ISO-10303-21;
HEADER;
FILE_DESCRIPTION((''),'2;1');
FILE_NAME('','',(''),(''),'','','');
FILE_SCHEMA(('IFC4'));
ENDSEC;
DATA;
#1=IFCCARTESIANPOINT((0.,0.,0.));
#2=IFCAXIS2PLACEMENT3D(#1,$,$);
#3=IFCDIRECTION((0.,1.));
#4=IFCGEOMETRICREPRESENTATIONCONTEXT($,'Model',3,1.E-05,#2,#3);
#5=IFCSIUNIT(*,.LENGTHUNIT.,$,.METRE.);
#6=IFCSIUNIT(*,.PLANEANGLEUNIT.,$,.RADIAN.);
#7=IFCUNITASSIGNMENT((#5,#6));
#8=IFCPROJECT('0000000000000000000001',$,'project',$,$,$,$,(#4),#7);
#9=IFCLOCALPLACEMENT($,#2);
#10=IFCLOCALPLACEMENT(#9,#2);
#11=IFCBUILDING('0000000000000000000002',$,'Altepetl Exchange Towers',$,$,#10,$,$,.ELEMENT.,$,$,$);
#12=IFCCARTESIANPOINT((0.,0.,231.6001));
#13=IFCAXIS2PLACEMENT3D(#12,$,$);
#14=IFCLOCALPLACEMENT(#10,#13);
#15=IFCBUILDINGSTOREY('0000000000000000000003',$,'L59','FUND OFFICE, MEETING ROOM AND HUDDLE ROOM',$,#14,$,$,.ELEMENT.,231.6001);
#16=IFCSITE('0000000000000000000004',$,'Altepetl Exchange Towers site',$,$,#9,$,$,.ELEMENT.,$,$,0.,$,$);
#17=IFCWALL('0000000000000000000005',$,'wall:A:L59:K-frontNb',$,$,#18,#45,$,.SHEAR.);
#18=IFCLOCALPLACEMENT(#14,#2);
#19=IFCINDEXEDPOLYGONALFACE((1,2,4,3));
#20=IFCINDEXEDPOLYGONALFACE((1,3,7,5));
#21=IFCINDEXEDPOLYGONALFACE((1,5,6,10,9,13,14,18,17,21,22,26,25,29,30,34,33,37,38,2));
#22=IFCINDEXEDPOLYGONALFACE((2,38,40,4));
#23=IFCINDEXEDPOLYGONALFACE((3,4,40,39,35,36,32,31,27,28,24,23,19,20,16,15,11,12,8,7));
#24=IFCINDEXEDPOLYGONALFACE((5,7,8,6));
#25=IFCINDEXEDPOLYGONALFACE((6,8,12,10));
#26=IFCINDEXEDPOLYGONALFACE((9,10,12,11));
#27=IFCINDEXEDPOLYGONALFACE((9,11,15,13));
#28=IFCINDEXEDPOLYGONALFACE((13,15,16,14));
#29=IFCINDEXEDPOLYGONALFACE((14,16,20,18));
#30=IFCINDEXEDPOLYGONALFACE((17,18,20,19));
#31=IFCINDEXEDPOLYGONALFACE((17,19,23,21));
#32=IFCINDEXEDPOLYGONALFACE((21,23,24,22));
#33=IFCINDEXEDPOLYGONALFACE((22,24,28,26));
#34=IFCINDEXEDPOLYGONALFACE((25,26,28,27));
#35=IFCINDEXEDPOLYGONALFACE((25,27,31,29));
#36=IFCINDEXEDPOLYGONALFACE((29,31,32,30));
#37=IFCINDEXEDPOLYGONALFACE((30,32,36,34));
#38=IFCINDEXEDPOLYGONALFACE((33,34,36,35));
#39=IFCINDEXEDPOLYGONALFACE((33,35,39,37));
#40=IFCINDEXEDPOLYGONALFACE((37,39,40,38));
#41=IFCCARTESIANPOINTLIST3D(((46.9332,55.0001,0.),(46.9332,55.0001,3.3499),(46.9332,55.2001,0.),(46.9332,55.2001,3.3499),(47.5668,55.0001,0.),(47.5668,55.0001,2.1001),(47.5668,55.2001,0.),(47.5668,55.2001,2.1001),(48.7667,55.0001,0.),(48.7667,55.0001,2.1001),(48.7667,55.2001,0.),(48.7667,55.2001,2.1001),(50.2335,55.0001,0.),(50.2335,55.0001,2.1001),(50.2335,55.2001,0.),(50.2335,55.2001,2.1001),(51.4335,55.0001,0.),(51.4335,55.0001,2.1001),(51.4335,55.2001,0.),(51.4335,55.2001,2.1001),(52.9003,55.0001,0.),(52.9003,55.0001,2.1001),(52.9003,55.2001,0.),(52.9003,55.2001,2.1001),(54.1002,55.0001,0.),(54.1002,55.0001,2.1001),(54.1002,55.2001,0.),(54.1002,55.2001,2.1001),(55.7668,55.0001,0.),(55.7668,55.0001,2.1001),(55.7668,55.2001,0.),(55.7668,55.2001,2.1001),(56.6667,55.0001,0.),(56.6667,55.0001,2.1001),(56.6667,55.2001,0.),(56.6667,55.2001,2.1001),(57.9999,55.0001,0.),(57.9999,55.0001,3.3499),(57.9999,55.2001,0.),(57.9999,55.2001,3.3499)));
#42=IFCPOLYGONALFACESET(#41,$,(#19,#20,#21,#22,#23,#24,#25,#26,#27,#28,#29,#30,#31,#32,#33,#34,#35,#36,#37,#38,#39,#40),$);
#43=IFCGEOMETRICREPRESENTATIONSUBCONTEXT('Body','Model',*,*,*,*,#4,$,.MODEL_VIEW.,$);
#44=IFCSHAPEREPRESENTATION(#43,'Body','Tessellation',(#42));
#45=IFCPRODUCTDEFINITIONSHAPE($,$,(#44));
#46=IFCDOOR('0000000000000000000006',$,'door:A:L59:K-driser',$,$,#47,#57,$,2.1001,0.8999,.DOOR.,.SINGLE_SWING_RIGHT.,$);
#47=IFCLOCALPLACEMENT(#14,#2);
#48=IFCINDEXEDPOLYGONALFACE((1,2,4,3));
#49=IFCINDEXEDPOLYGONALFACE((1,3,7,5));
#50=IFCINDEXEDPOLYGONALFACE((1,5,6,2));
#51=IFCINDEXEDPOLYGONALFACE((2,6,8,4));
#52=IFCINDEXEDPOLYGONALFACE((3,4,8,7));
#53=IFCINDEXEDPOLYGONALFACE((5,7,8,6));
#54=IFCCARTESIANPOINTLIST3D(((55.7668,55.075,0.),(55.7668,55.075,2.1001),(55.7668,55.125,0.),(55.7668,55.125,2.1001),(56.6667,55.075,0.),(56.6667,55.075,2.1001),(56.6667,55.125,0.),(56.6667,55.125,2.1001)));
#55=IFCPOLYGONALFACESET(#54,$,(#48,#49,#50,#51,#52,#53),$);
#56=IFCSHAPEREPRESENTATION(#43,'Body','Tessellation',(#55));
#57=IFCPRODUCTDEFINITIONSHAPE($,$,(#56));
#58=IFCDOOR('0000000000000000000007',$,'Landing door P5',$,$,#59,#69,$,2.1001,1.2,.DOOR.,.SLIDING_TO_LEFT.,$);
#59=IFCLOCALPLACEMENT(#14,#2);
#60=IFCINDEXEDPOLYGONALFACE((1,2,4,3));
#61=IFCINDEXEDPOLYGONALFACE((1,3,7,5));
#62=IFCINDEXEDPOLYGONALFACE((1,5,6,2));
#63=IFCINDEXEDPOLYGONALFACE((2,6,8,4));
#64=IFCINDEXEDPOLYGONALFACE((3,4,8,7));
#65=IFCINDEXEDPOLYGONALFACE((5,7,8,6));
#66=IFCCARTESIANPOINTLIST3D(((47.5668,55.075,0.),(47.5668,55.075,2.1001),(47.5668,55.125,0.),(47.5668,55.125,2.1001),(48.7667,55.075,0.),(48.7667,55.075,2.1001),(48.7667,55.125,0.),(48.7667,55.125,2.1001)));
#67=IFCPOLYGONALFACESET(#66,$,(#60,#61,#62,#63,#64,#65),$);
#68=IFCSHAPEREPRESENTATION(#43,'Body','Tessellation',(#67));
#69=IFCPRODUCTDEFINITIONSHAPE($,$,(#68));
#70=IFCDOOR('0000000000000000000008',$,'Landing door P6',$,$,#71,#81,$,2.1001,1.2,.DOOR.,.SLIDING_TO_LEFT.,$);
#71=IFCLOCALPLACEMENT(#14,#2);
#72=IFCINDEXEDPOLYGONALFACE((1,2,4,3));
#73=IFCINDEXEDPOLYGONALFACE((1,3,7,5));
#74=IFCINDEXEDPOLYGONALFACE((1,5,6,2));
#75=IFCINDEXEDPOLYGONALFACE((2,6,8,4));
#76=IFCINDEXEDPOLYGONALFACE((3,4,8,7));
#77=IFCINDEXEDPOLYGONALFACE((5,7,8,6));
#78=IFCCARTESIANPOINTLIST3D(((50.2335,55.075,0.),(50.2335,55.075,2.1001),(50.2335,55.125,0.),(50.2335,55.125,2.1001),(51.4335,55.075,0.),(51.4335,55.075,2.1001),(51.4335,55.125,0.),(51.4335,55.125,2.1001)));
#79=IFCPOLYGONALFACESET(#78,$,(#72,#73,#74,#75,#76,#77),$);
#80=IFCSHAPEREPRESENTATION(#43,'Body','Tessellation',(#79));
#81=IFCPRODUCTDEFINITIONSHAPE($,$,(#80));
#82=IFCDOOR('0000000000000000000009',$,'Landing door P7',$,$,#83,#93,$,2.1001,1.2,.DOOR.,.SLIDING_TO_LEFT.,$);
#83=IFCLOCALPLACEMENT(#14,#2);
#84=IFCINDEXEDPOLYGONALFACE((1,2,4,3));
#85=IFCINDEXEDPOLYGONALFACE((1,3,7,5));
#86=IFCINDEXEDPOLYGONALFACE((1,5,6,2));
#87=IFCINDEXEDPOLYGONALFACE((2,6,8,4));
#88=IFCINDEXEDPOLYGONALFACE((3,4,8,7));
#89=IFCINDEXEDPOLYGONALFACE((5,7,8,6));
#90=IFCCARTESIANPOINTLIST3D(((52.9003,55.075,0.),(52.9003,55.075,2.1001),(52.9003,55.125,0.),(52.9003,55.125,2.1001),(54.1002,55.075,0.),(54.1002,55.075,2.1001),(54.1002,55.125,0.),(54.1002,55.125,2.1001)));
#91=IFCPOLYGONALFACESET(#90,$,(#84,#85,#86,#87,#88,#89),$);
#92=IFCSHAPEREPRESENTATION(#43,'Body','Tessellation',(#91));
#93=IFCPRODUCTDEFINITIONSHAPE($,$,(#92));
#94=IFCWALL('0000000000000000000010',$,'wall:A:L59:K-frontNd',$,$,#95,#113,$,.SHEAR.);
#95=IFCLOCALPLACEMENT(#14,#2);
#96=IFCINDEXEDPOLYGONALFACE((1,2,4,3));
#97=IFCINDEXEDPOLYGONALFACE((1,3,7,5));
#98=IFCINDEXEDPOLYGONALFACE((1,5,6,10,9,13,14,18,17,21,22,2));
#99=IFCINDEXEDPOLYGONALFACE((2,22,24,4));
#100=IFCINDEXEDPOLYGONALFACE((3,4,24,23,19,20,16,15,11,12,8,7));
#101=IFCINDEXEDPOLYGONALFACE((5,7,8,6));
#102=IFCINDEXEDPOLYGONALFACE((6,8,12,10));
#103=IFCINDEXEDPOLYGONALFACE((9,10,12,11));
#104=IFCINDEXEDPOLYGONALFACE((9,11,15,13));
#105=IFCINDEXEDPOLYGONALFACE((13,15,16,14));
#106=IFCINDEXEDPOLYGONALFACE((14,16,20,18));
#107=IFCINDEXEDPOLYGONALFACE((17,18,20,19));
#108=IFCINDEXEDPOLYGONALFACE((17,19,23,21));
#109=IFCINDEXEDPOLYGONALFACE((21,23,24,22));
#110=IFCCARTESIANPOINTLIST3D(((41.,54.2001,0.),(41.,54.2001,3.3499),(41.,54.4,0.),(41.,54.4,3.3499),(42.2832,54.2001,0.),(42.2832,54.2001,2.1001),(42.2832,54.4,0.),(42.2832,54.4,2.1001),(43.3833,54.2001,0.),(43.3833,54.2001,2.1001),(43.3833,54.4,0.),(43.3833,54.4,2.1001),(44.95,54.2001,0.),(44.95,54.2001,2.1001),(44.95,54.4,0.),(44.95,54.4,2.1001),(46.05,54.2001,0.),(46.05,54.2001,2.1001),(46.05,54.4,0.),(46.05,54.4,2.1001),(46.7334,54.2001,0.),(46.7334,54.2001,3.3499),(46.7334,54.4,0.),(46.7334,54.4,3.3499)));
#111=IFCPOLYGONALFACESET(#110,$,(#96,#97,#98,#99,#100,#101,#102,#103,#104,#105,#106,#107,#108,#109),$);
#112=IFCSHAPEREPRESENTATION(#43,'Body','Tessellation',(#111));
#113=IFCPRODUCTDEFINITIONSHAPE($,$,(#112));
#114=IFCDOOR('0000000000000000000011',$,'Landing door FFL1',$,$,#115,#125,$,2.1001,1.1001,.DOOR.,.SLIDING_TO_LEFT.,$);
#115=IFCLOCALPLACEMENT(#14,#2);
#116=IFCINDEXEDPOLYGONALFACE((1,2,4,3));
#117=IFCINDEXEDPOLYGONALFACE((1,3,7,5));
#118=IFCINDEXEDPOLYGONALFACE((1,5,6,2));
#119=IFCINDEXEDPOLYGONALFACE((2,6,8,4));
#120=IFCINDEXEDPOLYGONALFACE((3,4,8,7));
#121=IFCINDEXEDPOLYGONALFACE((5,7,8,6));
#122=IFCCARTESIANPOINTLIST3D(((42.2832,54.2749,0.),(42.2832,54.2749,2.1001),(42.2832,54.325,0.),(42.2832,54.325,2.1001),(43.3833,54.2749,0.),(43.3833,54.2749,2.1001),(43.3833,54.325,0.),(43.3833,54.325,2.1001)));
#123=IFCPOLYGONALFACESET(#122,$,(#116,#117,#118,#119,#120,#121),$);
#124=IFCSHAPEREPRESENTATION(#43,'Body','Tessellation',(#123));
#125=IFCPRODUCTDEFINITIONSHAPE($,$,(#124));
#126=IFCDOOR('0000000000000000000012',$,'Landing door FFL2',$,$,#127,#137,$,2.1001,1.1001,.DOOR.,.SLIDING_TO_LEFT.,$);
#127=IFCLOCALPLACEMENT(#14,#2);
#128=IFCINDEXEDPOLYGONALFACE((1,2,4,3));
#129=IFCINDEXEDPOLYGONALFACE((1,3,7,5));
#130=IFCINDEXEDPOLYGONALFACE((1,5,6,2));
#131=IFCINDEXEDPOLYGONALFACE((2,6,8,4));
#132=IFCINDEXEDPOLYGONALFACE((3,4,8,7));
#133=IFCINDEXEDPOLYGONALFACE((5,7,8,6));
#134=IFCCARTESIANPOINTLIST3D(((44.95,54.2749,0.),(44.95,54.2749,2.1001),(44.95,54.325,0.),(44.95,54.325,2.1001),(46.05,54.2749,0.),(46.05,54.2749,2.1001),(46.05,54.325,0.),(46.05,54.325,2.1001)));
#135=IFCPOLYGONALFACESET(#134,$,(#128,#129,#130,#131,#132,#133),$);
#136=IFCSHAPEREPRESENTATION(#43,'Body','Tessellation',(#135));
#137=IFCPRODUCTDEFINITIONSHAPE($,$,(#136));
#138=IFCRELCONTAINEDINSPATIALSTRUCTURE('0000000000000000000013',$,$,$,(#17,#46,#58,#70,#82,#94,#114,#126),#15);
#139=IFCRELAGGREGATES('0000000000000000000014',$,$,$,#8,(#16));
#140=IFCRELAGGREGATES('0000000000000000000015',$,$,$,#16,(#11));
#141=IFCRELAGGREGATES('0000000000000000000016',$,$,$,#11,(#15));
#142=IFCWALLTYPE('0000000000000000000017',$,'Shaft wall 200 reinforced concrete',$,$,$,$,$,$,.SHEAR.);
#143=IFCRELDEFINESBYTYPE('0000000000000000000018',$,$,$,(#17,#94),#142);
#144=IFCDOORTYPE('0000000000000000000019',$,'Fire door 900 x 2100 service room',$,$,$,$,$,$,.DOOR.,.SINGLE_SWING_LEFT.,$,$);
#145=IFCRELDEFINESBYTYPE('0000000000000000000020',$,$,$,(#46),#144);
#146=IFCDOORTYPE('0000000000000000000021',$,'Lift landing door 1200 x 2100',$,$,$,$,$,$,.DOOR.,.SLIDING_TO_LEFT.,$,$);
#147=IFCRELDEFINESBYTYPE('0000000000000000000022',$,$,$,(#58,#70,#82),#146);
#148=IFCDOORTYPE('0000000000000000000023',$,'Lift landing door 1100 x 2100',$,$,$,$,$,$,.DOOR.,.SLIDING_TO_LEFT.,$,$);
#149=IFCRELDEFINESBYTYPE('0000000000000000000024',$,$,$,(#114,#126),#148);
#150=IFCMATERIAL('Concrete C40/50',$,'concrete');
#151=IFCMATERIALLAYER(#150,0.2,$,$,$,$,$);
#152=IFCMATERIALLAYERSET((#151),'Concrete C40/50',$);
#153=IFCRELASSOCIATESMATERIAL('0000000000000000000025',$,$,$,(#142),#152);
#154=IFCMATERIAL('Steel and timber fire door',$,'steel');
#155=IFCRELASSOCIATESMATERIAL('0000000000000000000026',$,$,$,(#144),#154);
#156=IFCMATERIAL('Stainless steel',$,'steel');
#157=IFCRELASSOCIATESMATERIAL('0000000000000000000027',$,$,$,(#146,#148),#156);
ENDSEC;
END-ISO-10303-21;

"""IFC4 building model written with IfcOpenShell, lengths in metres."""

from ifc_helpers import new_model, si_unit, direction, frame, frame_2d, origin, place, context, subcontext, project, spatial, rectangle, extrude, material, layer, layer_set, type_object, element, fill, save


model = new_model("IFC4")

# Units and contexts
model_context = context("Model", 3, precision=1e-05, world=origin(), true_north=direction((0.0, 1.0)))
body_context = subcontext(model_context, "Body", "Model", "MODEL_VIEW")
ifc_project = project(units=[si_unit("LENGTHUNIT", "METRE"), si_unit("PLANEANGLEUNIT", "RADIAN")], contexts=[model_context])

# Site, building, storey
site_placement = place(None, origin())
site = spatial("IfcSite", under=ifc_project, at=site_placement, Name="Altepetl Exchange Towers site", CompositionType="ELEMENT", RefElevation=0.0)
building_placement = place(site_placement, origin())
building = spatial("IfcBuilding", under=site, at=building_placement, Name="Altepetl Exchange Towers", CompositionType="ELEMENT")
storey_placement = place(building_placement, frame((0.0, 0.0, 231.6001)))
storey = spatial("IfcBuildingStorey", under=building, at=storey_placement, Name="L59", Description="FUND OFFICE, MEETING ROOM AND HUDDLE ROOM", CompositionType="ELEMENT", Elevation=231.6001)

# Shared definitions
ifc_material_1 = material(Name="Steel and timber fire door", Category="steel")

# Shared definitions
ifc_material_2 = material(Name="Concrete C40/50", Category="concrete")
ifc_layer_1 = layer(ifc_material_2, 0.2)
ifc_layer_set_1 = layer_set([ifc_layer_1], Name="Concrete C40/50")
wall_type_1 = type_object("IfcWallType", Name="Shaft wall 200 reinforced concrete", PredefinedType="SHEAR", material=ifc_layer_set_1)

# Walls, openings, doors
wall_1_placement = place(storey_placement, frame((46.9333, 55.1001, 0.0)))
wall_1 = element("IfcWall", 1, at=wall_1_placement, inside=storey, type_object=wall_type_1, Name="wall:A:L59:K-frontNb", PredefinedType="SHEAR", context=body_context, shape_type="SweptSolid", body=[
    extrude(rectangle(XDim=11.0667, YDim=0.2, at=frame_2d((5.5332, 0.0))), origin(), (0.0, 0.0, 1.0), 3.3499),
])
opening_1_placement = place(wall_1_placement, frame((8.8335, 0.0, 0.0)))
opening_1 = element("IfcOpeningElement", 2, at=opening_1_placement, cuts=wall_1, PredefinedType="OPENING", context=body_context, shape_type="SweptSolid", body=[
    extrude(rectangle(XDim=0.8999, YDim=2.1001, at=frame_2d((0.45, 1.05))), frame((0.0, 0.1099, 0.0), z_axis=(0.0, -1.0, 0.0), x_axis=(1.0, 0.0, 0.0)), (0.0, 0.0, 1.0), 0.22),
])
opening_2_placement = place(wall_1_placement, frame((0.6333, 0.0, 0.0)))
opening_2 = element("IfcOpeningElement", 3, at=opening_2_placement, cuts=wall_1, PredefinedType="OPENING", context=body_context, shape_type="SweptSolid", body=[
    extrude(rectangle(XDim=1.2, YDim=2.1001, at=frame_2d((0.6001, 1.05))), frame((0.0, 0.1099, 0.0), z_axis=(0.0, -1.0, 0.0), x_axis=(1.0, 0.0, 0.0)), (0.0, 0.0, 1.0), 0.22),
])
opening_3_placement = place(wall_1_placement, frame((3.3, 0.0, 0.0)))
opening_3 = element("IfcOpeningElement", 4, at=opening_3_placement, cuts=wall_1, PredefinedType="OPENING", context=body_context, shape_type="SweptSolid", body=[
    extrude(rectangle(XDim=1.2, YDim=2.1001, at=frame_2d((0.6001, 1.05))), frame((0.0, 0.1099, 0.0), z_axis=(0.0, -1.0, 0.0), x_axis=(1.0, 0.0, 0.0)), (0.0, 0.0, 1.0), 0.22),
])
opening_4_placement = place(wall_1_placement, frame((5.9668, 0.0, 0.0)))
opening_4 = element("IfcOpeningElement", 5, at=opening_4_placement, cuts=wall_1, PredefinedType="OPENING", context=body_context, shape_type="SweptSolid", body=[
    extrude(rectangle(XDim=1.2, YDim=2.1001, at=frame_2d((0.6001, 1.05))), frame((0.0, 0.1099, 0.0), z_axis=(0.0, -1.0, 0.0), x_axis=(1.0, 0.0, 0.0)), (0.0, 0.0, 1.0), 0.22),
])
door_type_1 = type_object("IfcDoorType", Name="Fire door 900 x 2100 service room", OperationType="SINGLE_SWING_LEFT", PredefinedType="DOOR", material=ifc_material_1)
door_1_placement = place(opening_1_placement, origin())
door_1 = element("IfcDoor", 6, at=door_1_placement, inside=storey, type_object=door_type_1, Name="door:A:L59:K-driser", OperationType="SINGLE_SWING_RIGHT", OverallHeight=2.1001, OverallWidth=0.8999, PredefinedType="DOOR", context=body_context, shape_type="SweptSolid", body=[
    extrude(rectangle(XDim=0.8999, YDim=2.1001, at=frame_2d((0.45, 1.05))), frame((0.0, 0.0249, 0.0), z_axis=(0.0, -1.0, 0.0), x_axis=(1.0, 0.0, 0.0)), (0.0, 0.0, 1.0), 0.05),
])
fill(opening_1, door_1)
ifc_material_3 = material(Name="Stainless steel", Category="steel")
door_type_2 = type_object("IfcDoorType", Name="Lift landing door 1200 x 2100", OperationType="SLIDING_TO_LEFT", PredefinedType="DOOR", material=ifc_material_3)
door_2_placement = place(opening_2_placement, origin())
door_2 = element("IfcDoor", 7, at=door_2_placement, inside=storey, type_object=door_type_2, Name="Landing door P5", OperationType="SLIDING_TO_LEFT", OverallHeight=2.1001, OverallWidth=1.2, PredefinedType="DOOR", context=body_context, shape_type="SweptSolid", body=[
    extrude(rectangle(XDim=1.2, YDim=2.1001, at=frame_2d((0.6001, 1.05))), frame((0.0, 0.0249, 0.0), z_axis=(0.0, -1.0, 0.0), x_axis=(1.0, 0.0, 0.0)), (0.0, 0.0, 1.0), 0.05),
])
fill(opening_2, door_2)
door_3_placement = place(opening_3_placement, origin())
door_3 = element("IfcDoor", 8, at=door_3_placement, inside=storey, type_object=door_type_2, Name="Landing door P6", OperationType="SLIDING_TO_LEFT", OverallHeight=2.1001, OverallWidth=1.2, PredefinedType="DOOR", context=body_context, shape_type="SweptSolid", body=[
    extrude(rectangle(XDim=1.2, YDim=2.1001, at=frame_2d((0.6001, 1.05))), frame((0.0, 0.0249, 0.0), z_axis=(0.0, -1.0, 0.0), x_axis=(1.0, 0.0, 0.0)), (0.0, 0.0, 1.0), 0.05),
])
fill(opening_3, door_3)
door_4_placement = place(opening_4_placement, origin())
door_4 = element("IfcDoor", 9, at=door_4_placement, inside=storey, type_object=door_type_2, Name="Landing door P7", OperationType="SLIDING_TO_LEFT", OverallHeight=2.1001, OverallWidth=1.2, PredefinedType="DOOR", context=body_context, shape_type="SweptSolid", body=[
    extrude(rectangle(XDim=1.2, YDim=2.1001, at=frame_2d((0.6001, 1.05))), frame((0.0, 0.0249, 0.0), z_axis=(0.0, -1.0, 0.0), x_axis=(1.0, 0.0, 0.0)), (0.0, 0.0, 1.0), 0.05),
])
fill(opening_4, door_4)
wall_2_placement = place(storey_placement, frame((41.0, 54.3, 0.0)))
wall_2 = element("IfcWall", 10, at=wall_2_placement, inside=storey, type_object=wall_type_1, Name="wall:A:L59:K-frontNd", PredefinedType="SHEAR", context=body_context, shape_type="SweptSolid", body=[
    extrude(rectangle(XDim=5.7334, YDim=0.2, at=frame_2d((2.8667, 0.0))), origin(), (0.0, 0.0, 1.0), 3.3499),
])
opening_5_placement = place(wall_2_placement, frame((1.2832, 0.0, 0.0)))
opening_5 = element("IfcOpeningElement", 11, at=opening_5_placement, cuts=wall_2, PredefinedType="OPENING", context=body_context, shape_type="SweptSolid", body=[
    extrude(rectangle(XDim=1.1001, YDim=2.1001, at=frame_2d((0.55, 1.05))), frame((0.0, 0.1099, 0.0), z_axis=(0.0, -1.0, 0.0), x_axis=(1.0, 0.0, 0.0)), (0.0, 0.0, 1.0), 0.22),
])
opening_6_placement = place(wall_2_placement, frame((3.95, 0.0, 0.0)))
opening_6 = element("IfcOpeningElement", 12, at=opening_6_placement, cuts=wall_2, PredefinedType="OPENING", context=body_context, shape_type="SweptSolid", body=[
    extrude(rectangle(XDim=1.1001, YDim=2.1001, at=frame_2d((0.55, 1.05))), frame((0.0, 0.1099, 0.0), z_axis=(0.0, -1.0, 0.0), x_axis=(1.0, 0.0, 0.0)), (0.0, 0.0, 1.0), 0.22),
])
door_type_3 = type_object("IfcDoorType", Name="Lift landing door 1100 x 2100", OperationType="SLIDING_TO_LEFT", PredefinedType="DOOR", material=ifc_material_3)
door_5_placement = place(opening_5_placement, origin())
door_5 = element("IfcDoor", 13, at=door_5_placement, inside=storey, type_object=door_type_3, Name="Landing door FFL1", OperationType="SLIDING_TO_LEFT", OverallHeight=2.1001, OverallWidth=1.1001, PredefinedType="DOOR", context=body_context, shape_type="SweptSolid", body=[
    extrude(rectangle(XDim=1.1001, YDim=2.1001, at=frame_2d((0.55, 1.05))), frame((0.0, 0.0249, 0.0), z_axis=(0.0, -1.0, 0.0), x_axis=(1.0, 0.0, 0.0)), (0.0, 0.0, 1.0), 0.05),
])
fill(opening_5, door_5)
door_6_placement = place(opening_6_placement, origin())
door_6 = element("IfcDoor", 14, at=door_6_placement, inside=storey, type_object=door_type_3, Name="Landing door FFL2", OperationType="SLIDING_TO_LEFT", OverallHeight=2.1001, OverallWidth=1.1001, PredefinedType="DOOR", context=body_context, shape_type="SweptSolid", body=[
    extrude(rectangle(XDim=1.1001, YDim=2.1001, at=frame_2d((0.55, 1.05))), frame((0.0, 0.0249, 0.0), z_axis=(0.0, -1.0, 0.0), x_axis=(1.0, 0.0, 0.0)), (0.0, 0.0, 1.0), 0.05),
])
fill(opening_6, door_6)

save(model, "model.ifc")
